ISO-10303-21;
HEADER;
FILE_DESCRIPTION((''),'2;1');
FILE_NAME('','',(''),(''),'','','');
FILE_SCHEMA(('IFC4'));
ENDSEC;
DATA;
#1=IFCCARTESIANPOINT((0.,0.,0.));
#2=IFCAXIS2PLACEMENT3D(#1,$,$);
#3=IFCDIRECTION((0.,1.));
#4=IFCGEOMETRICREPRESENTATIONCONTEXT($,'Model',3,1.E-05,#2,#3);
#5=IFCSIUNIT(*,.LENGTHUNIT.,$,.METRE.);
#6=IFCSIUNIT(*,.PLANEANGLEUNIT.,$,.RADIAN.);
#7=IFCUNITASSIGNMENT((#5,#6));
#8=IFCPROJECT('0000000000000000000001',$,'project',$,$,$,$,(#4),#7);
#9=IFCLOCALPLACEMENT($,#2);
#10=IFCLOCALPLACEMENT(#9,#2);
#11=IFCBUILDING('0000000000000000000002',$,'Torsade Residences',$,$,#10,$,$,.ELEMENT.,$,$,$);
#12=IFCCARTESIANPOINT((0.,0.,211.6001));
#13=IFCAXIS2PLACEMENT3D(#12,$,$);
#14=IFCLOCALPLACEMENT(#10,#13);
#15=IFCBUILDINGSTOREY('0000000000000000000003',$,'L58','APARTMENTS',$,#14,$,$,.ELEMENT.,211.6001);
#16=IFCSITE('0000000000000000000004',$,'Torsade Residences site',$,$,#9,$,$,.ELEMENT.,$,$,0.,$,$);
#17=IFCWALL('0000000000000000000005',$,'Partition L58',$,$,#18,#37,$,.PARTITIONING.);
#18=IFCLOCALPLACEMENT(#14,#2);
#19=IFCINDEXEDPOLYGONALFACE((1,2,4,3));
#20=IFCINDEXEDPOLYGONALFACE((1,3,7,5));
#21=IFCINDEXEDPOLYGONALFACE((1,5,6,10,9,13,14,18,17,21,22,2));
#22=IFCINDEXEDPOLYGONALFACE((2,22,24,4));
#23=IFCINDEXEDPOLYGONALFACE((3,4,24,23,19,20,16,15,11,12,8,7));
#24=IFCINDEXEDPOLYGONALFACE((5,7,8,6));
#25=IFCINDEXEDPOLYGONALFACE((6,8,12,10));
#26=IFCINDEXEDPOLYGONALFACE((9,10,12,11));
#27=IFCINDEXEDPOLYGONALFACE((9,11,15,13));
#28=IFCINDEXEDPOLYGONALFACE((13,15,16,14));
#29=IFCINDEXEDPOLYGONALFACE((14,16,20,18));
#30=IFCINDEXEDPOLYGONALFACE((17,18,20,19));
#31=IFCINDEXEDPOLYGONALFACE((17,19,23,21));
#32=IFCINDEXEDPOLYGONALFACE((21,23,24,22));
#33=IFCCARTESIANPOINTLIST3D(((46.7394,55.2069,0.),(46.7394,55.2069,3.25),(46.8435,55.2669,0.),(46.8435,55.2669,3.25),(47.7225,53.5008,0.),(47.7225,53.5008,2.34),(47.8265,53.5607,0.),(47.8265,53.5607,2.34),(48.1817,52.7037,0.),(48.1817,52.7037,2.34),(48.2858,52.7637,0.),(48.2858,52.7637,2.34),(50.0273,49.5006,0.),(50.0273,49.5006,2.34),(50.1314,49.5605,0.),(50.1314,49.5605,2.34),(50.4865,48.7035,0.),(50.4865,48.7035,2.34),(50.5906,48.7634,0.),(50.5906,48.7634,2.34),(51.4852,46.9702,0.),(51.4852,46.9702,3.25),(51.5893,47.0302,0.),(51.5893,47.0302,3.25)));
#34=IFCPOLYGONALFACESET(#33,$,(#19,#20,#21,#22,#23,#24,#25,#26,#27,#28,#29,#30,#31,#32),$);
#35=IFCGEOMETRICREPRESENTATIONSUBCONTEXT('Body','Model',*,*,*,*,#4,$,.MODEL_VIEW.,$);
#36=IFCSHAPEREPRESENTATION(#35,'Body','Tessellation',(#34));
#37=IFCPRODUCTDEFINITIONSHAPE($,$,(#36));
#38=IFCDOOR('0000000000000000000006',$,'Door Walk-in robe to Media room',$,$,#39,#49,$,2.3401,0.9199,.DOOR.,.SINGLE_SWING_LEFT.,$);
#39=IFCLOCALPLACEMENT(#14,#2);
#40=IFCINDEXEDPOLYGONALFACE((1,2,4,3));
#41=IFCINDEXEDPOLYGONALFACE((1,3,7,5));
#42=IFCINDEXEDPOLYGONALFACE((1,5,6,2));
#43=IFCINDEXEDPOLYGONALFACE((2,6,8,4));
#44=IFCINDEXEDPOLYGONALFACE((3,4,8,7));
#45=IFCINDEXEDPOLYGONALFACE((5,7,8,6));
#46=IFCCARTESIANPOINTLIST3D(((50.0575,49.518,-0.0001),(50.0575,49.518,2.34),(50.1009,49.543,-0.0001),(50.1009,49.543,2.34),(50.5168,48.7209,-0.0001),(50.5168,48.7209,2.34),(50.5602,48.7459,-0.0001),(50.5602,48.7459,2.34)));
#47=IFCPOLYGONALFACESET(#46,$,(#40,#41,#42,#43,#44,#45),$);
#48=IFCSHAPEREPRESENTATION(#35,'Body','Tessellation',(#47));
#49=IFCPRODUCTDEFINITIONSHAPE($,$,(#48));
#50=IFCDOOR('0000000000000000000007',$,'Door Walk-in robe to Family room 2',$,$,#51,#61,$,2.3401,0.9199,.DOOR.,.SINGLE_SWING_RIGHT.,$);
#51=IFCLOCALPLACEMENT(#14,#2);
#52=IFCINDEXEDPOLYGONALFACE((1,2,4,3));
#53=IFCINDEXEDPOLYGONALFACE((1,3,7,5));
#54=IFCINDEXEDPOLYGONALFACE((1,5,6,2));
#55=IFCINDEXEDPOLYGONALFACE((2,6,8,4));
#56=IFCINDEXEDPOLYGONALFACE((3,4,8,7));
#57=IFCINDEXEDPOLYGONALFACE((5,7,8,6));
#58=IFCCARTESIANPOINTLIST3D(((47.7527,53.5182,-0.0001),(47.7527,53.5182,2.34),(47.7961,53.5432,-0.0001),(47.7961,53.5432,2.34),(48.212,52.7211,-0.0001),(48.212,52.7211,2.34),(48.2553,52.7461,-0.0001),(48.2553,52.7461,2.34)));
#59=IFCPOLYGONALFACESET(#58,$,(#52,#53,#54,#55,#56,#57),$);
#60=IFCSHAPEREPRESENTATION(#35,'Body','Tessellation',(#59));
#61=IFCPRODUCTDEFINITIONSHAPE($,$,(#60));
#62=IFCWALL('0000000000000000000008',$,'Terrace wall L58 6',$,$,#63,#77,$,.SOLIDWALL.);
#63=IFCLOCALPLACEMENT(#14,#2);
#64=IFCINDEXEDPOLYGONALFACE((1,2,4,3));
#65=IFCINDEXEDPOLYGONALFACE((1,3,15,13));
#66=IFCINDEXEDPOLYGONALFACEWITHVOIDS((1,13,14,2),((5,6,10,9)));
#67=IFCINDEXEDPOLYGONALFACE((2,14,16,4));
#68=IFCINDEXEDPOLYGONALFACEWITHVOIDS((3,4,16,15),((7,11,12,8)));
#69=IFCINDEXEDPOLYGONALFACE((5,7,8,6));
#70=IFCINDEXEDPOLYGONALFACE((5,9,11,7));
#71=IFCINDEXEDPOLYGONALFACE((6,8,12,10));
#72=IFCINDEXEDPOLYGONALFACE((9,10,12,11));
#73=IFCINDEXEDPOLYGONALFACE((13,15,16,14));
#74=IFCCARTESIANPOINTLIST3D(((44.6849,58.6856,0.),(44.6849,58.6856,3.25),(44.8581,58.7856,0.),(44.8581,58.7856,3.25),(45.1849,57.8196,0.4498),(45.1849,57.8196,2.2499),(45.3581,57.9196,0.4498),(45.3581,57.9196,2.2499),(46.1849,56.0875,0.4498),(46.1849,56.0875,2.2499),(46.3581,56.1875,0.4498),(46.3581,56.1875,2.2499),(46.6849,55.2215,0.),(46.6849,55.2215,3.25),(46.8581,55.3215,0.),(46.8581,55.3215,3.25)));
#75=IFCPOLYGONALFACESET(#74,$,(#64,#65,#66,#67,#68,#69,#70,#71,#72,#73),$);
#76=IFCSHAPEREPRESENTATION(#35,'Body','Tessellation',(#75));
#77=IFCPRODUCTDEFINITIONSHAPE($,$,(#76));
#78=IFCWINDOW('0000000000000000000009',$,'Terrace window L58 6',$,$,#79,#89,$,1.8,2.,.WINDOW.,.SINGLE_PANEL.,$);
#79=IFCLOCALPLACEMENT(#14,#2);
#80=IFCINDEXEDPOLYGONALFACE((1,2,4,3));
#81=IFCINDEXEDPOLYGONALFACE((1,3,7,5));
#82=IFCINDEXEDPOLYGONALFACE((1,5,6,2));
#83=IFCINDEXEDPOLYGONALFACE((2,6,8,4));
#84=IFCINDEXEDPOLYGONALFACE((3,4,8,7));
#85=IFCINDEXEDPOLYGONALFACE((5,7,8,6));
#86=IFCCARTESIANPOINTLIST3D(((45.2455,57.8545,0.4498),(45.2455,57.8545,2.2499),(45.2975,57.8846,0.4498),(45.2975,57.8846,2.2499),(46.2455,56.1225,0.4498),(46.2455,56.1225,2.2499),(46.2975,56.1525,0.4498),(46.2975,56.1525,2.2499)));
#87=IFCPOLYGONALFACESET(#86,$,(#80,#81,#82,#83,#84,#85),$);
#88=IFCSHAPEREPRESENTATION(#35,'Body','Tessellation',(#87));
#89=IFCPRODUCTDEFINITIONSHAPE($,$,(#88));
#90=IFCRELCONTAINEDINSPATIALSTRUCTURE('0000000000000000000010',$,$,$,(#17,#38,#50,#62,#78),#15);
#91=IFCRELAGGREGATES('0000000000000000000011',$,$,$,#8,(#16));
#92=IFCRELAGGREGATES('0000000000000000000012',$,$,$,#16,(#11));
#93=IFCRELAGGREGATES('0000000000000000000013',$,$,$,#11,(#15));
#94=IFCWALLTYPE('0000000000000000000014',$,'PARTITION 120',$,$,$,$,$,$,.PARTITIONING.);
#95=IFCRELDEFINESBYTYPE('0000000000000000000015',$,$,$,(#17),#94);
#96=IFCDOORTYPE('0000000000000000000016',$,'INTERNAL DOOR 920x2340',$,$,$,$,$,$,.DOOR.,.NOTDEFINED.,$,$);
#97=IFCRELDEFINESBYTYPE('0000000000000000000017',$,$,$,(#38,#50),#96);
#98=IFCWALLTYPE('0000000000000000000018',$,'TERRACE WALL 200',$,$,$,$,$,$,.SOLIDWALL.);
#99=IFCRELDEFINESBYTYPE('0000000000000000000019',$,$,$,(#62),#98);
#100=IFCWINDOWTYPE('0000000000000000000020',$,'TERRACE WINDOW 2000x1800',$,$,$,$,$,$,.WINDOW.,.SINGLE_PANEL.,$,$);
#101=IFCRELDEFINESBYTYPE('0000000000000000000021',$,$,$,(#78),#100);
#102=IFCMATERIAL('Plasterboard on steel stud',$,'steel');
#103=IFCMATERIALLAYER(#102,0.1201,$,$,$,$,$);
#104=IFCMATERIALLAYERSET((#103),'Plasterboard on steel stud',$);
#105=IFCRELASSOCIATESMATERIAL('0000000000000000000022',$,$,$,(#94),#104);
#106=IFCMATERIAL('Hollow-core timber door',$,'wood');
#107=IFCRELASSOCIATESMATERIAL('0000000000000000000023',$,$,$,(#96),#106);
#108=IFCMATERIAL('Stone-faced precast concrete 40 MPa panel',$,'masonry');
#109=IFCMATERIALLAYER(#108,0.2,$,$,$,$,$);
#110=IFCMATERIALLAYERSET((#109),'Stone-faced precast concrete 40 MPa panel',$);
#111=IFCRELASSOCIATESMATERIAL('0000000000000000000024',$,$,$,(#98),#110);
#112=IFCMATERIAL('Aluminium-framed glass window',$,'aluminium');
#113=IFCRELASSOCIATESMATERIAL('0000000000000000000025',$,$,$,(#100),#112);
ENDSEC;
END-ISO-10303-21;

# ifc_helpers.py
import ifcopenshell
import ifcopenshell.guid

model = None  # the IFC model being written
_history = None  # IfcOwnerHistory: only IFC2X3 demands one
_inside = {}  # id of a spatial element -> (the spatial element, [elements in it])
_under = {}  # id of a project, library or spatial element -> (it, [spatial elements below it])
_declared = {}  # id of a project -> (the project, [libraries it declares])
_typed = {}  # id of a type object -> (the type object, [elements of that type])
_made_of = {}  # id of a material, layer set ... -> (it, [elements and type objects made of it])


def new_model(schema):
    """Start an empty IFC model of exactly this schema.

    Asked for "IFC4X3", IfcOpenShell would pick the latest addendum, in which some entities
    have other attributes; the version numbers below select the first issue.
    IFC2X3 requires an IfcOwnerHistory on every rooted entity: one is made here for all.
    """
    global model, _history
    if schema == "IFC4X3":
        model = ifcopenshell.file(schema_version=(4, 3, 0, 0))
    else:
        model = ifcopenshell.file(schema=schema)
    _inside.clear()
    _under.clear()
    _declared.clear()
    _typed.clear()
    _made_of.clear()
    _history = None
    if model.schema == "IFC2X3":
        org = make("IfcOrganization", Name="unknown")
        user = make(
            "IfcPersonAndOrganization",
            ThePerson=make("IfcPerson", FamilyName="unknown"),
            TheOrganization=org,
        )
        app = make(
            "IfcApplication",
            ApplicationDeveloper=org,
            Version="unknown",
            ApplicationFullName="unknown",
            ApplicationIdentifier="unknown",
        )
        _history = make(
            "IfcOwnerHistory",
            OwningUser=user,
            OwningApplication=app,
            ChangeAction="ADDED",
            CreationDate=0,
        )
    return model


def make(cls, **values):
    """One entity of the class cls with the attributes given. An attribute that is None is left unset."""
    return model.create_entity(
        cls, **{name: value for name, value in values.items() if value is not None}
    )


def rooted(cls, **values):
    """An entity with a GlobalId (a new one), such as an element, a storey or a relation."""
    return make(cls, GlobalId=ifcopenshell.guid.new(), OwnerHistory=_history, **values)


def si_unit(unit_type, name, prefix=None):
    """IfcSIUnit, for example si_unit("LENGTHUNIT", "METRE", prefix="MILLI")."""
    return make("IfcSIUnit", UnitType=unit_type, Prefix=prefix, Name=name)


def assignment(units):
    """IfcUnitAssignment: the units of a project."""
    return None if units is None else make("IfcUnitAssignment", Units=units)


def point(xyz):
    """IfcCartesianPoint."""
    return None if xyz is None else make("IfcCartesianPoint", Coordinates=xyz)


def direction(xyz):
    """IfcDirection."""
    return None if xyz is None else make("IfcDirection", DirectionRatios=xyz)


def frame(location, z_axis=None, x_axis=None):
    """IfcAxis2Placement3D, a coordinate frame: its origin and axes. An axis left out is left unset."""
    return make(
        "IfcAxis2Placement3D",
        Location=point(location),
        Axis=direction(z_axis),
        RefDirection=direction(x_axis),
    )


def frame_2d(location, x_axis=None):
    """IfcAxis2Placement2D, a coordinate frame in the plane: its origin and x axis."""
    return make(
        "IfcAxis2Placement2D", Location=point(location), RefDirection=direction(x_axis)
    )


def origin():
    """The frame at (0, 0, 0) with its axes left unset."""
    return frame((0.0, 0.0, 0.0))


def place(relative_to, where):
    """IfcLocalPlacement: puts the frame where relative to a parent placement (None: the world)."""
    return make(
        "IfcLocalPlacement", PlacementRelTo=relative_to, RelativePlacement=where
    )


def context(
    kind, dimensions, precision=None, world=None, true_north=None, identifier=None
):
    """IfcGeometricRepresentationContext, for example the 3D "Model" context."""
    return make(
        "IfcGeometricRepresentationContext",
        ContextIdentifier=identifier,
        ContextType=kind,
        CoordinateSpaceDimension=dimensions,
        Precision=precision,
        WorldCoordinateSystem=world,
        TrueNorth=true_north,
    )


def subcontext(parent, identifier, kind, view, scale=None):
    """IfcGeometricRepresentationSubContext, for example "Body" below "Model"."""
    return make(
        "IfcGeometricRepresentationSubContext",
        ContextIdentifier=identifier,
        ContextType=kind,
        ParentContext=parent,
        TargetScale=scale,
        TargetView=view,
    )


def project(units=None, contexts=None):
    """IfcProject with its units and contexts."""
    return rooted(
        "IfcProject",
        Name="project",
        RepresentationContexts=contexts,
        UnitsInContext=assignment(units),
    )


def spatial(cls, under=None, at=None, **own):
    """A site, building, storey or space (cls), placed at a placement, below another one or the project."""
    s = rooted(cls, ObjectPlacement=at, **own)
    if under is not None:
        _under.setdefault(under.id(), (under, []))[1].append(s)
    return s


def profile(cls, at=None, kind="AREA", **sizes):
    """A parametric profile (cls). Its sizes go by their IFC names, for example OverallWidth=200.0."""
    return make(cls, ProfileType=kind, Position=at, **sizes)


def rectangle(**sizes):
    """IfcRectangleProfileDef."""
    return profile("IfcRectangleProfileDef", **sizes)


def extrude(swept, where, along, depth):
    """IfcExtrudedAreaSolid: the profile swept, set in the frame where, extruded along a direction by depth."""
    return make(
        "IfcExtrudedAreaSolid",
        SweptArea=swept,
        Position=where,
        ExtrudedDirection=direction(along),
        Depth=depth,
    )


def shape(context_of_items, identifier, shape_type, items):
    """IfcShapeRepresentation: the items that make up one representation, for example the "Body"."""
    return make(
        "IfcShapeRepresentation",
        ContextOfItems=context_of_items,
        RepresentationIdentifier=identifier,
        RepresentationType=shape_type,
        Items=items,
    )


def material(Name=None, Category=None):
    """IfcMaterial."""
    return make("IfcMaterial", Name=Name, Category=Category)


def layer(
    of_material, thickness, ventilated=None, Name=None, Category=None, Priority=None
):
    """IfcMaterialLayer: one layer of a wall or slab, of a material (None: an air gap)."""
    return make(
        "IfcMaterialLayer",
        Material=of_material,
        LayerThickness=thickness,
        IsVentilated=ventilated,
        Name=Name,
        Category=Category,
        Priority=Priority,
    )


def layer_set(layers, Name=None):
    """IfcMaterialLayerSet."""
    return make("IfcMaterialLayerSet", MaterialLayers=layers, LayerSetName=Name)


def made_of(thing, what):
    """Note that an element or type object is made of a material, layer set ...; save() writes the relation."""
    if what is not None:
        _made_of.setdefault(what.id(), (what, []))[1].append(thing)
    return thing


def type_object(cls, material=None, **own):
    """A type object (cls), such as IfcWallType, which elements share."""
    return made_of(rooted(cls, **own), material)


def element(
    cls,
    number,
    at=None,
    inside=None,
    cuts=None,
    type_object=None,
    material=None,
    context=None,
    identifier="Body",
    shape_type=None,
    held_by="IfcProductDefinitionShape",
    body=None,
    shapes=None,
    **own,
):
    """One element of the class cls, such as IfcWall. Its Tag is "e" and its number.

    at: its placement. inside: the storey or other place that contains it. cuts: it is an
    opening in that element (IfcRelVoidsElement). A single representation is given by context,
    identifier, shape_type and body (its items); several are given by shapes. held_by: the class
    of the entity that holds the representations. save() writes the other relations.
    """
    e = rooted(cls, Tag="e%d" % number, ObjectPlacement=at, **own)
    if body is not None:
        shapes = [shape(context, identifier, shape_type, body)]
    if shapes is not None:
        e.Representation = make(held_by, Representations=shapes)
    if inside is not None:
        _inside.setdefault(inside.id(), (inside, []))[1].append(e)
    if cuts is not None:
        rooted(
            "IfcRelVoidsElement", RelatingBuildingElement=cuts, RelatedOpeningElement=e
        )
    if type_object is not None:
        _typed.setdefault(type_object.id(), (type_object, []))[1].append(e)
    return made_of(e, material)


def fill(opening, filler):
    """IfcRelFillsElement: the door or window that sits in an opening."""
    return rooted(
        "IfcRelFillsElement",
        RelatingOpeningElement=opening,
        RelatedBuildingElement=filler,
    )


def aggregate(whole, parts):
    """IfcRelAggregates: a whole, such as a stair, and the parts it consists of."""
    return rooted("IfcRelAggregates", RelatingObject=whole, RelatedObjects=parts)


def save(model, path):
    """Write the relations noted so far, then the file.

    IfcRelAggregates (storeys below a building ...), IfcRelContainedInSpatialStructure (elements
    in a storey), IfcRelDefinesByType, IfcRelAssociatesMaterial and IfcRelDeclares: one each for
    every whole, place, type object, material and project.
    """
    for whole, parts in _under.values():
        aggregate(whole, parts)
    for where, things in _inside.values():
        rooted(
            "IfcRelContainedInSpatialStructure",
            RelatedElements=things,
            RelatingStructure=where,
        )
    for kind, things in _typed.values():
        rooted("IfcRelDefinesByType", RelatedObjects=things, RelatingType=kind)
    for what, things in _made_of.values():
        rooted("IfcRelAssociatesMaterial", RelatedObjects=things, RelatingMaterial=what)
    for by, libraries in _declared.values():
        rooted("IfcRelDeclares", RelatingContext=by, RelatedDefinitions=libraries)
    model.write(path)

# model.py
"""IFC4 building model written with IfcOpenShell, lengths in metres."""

from ifc_helpers import new_model, si_unit, direction, frame, frame_2d, origin, place, context, subcontext, project, spatial, rectangle, extrude, material, layer, layer_set, type_object, element, fill, save


model = new_model("IFC4")

# Units and contexts
model_context = context("Model", 3, precision=1e-05, world=origin(), true_north=direction((0.0, 1.0)))
body_context = subcontext(model_context, "Body", "Model", "MODEL_VIEW")
ifc_project = project(units=[si_unit("LENGTHUNIT", "METRE"), si_unit("PLANEANGLEUNIT", "RADIAN")], contexts=[model_context])

# Site, building, storey
site_placement = place(None, origin())
site = spatial("IfcSite", under=ifc_project, at=site_placement, Name="Torsade Residences site", CompositionType="ELEMENT", RefElevation=0.0)
building_placement = place(site_placement, origin())
building = spatial("IfcBuilding", under=site, at=building_placement, Name="Torsade Residences", CompositionType="ELEMENT")
storey_placement = place(building_placement, frame((0.0, 0.0, 211.6001)))
storey = spatial("IfcBuildingStorey", under=building, at=storey_placement, Name="L58", Description="APARTMENTS", CompositionType="ELEMENT", Elevation=211.6001)

# Wall, openings, doors
ifc_material_1 = material(Name="Plasterboard on steel stud", Category="steel")
ifc_layer_1 = layer(ifc_material_1, 0.1201)
ifc_layer_set_1 = layer_set([ifc_layer_1], Name="Plasterboard on steel stud")
wall_type_1 = type_object("IfcWallType", Name="PARTITION 120", PredefinedType="PARTITIONING", material=ifc_layer_set_1)
wall_1_placement = place(storey_placement, frame((46.7915, 55.2368, 0.0), z_axis=(0.0, 0.0, 1.0), x_axis=(0.499236, -0.866466, 0.0)))
wall_1 = element("IfcWall", 1, at=wall_1_placement, inside=storey, type_object=wall_type_1, Name="Partition L58", PredefinedType="PARTITIONING", context=body_context, shape_type="SweptSolid", body=[
    extrude(rectangle(XDim=9.5061, YDim=0.1201, at=frame_2d((4.7529, 0.0))), origin(), (0.0, 0.0, 1.0), 3.25),
])
opening_1_placement = place(wall_1_placement, frame((6.5857, 0.0, 0.0)))
opening_1 = element("IfcOpeningElement", 2, at=opening_1_placement, cuts=wall_1, PredefinedType="OPENING", context=body_context, shape_type="SweptSolid", body=[
    extrude(rectangle(XDim=0.9199, YDim=2.3401, at=frame_2d((0.46, 1.1699))), frame((0.0, 0.0701, 0.0), z_axis=(0.0, -1.0, 0.0), x_axis=(1.0, 0.0, 0.0)), (0.0, 0.0, 1.0), 0.1401),
])
opening_2_placement = place(wall_1_placement, frame((1.969, 0.0, 0.0)))
opening_2 = element("IfcOpeningElement", 3, at=opening_2_placement, cuts=wall_1, PredefinedType="OPENING", context=body_context, shape_type="SweptSolid", body=[
    extrude(rectangle(XDim=0.9199, YDim=2.3401, at=frame_2d((0.46, 1.1699))), frame((0.0, 0.0701, 0.0), z_axis=(0.0, -1.0, 0.0), x_axis=(1.0, 0.0, 0.0)), (0.0, 0.0, 1.0), 0.1401),
])
ifc_material_2 = material(Name="Hollow-core timber door", Category="wood")
door_type = type_object("IfcDoorType", Name="INTERNAL DOOR 920x2340", OperationType="NOTDEFINED", PredefinedType="DOOR", material=ifc_material_2)
door_1_placement = place(opening_1_placement, origin())
door_1 = element("IfcDoor", 4, at=door_1_placement, inside=storey, type_object=door_type, Name="Door Walk-in robe to Media room", OperationType="SINGLE_SWING_LEFT", OverallHeight=2.3401, OverallWidth=0.9199, PredefinedType="DOOR", context=body_context, shape_type="SweptSolid", body=[
    extrude(rectangle(XDim=0.9199, YDim=2.3401, at=frame_2d((0.46, 1.1699))), frame((0.0, 0.0249, 0.0), z_axis=(0.0, -1.0, 0.0), x_axis=(1.0, 0.0, 0.0)), (0.0, 0.0, 1.0), 0.05),
])
fill(opening_1, door_1)
door_2_placement = place(opening_2_placement, origin())
door_2 = element("IfcDoor", 5, at=door_2_placement, inside=storey, type_object=door_type, Name="Door Walk-in robe to Family room 2", OperationType="SINGLE_SWING_RIGHT", OverallHeight=2.3401, OverallWidth=0.9199, PredefinedType="DOOR", context=body_context, shape_type="SweptSolid", body=[
    extrude(rectangle(XDim=0.9199, YDim=2.3401, at=frame_2d((0.46, 1.1699))), frame((0.0, 0.0249, 0.0), z_axis=(0.0, -1.0, 0.0), x_axis=(1.0, 0.0, 0.0)), (0.0, 0.0, 1.0), 0.05),
])
fill(opening_2, door_2)

# Wall, opening, window
ifc_material_3 = material(Name="Stone-faced precast concrete 40 MPa panel", Category="masonry")
ifc_layer_2 = layer(ifc_material_3, 0.2)
ifc_layer_set_2 = layer_set([ifc_layer_2], Name="Stone-faced precast concrete 40 MPa panel")
wall_type_2 = type_object("IfcWallType", Name="TERRACE WALL 200", PredefinedType="SOLIDWALL", material=ifc_layer_set_2)
wall_2_placement = place(storey_placement, frame((46.7715, 55.2715, 0.0), z_axis=(0.0, 0.0, 1.0), x_axis=(-0.499999, 0.866026, 0.0)))
wall_2 = element("IfcWall", 6, at=wall_2_placement, inside=storey, type_object=wall_type_2, Name="Terrace wall L58 6", PredefinedType="SOLIDWALL", context=body_context, shape_type="SweptSolid", body=[
    extrude(rectangle(XDim=4.0, YDim=0.2, at=frame_2d((2.0, 0.0))), origin(), (0.0, 0.0, 1.0), 3.25),
])
opening_3_placement = place(wall_2_placement, frame((1.0, 0.0, 0.45)))
opening_3 = element("IfcOpeningElement", 7, at=opening_3_placement, cuts=wall_2, PredefinedType="OPENING", context=body_context, shape_type="SweptSolid", body=[
    extrude(rectangle(XDim=2.0, YDim=1.8, at=frame_2d((1.0, 0.8999))), frame((0.0, 0.1099, 0.0), z_axis=(0.0, -1.0, 0.0), x_axis=(1.0, 0.0, 0.0)), (0.0, 0.0, 1.0), 0.22),
])
ifc_material_4 = material(Name="Aluminium-framed glass window", Category="aluminium")
window_type = type_object("IfcWindowType", Name="TERRACE WINDOW 2000x1800", PartitioningType="SINGLE_PANEL", PredefinedType="WINDOW", material=ifc_material_4)
window_placement = place(opening_3_placement, origin())
window = element("IfcWindow", 8, at=window_placement, inside=storey, type_object=window_type, Name="Terrace window L58 6", OverallHeight=1.8, OverallWidth=2.0, PartitioningType="SINGLE_PANEL", PredefinedType="WINDOW", context=body_context, shape_type="SweptSolid", body=[
    extrude(rectangle(XDim=2.0, YDim=1.8, at=frame_2d((1.0, 0.8999))), frame((0.0, 0.03, 0.0), z_axis=(0.0, -1.0, 0.0), x_axis=(1.0, 0.0, 0.0)), (0.0, 0.0, 1.0), 0.0601),
])
fill(opening_3, window)

save(model, "model.ifc")
